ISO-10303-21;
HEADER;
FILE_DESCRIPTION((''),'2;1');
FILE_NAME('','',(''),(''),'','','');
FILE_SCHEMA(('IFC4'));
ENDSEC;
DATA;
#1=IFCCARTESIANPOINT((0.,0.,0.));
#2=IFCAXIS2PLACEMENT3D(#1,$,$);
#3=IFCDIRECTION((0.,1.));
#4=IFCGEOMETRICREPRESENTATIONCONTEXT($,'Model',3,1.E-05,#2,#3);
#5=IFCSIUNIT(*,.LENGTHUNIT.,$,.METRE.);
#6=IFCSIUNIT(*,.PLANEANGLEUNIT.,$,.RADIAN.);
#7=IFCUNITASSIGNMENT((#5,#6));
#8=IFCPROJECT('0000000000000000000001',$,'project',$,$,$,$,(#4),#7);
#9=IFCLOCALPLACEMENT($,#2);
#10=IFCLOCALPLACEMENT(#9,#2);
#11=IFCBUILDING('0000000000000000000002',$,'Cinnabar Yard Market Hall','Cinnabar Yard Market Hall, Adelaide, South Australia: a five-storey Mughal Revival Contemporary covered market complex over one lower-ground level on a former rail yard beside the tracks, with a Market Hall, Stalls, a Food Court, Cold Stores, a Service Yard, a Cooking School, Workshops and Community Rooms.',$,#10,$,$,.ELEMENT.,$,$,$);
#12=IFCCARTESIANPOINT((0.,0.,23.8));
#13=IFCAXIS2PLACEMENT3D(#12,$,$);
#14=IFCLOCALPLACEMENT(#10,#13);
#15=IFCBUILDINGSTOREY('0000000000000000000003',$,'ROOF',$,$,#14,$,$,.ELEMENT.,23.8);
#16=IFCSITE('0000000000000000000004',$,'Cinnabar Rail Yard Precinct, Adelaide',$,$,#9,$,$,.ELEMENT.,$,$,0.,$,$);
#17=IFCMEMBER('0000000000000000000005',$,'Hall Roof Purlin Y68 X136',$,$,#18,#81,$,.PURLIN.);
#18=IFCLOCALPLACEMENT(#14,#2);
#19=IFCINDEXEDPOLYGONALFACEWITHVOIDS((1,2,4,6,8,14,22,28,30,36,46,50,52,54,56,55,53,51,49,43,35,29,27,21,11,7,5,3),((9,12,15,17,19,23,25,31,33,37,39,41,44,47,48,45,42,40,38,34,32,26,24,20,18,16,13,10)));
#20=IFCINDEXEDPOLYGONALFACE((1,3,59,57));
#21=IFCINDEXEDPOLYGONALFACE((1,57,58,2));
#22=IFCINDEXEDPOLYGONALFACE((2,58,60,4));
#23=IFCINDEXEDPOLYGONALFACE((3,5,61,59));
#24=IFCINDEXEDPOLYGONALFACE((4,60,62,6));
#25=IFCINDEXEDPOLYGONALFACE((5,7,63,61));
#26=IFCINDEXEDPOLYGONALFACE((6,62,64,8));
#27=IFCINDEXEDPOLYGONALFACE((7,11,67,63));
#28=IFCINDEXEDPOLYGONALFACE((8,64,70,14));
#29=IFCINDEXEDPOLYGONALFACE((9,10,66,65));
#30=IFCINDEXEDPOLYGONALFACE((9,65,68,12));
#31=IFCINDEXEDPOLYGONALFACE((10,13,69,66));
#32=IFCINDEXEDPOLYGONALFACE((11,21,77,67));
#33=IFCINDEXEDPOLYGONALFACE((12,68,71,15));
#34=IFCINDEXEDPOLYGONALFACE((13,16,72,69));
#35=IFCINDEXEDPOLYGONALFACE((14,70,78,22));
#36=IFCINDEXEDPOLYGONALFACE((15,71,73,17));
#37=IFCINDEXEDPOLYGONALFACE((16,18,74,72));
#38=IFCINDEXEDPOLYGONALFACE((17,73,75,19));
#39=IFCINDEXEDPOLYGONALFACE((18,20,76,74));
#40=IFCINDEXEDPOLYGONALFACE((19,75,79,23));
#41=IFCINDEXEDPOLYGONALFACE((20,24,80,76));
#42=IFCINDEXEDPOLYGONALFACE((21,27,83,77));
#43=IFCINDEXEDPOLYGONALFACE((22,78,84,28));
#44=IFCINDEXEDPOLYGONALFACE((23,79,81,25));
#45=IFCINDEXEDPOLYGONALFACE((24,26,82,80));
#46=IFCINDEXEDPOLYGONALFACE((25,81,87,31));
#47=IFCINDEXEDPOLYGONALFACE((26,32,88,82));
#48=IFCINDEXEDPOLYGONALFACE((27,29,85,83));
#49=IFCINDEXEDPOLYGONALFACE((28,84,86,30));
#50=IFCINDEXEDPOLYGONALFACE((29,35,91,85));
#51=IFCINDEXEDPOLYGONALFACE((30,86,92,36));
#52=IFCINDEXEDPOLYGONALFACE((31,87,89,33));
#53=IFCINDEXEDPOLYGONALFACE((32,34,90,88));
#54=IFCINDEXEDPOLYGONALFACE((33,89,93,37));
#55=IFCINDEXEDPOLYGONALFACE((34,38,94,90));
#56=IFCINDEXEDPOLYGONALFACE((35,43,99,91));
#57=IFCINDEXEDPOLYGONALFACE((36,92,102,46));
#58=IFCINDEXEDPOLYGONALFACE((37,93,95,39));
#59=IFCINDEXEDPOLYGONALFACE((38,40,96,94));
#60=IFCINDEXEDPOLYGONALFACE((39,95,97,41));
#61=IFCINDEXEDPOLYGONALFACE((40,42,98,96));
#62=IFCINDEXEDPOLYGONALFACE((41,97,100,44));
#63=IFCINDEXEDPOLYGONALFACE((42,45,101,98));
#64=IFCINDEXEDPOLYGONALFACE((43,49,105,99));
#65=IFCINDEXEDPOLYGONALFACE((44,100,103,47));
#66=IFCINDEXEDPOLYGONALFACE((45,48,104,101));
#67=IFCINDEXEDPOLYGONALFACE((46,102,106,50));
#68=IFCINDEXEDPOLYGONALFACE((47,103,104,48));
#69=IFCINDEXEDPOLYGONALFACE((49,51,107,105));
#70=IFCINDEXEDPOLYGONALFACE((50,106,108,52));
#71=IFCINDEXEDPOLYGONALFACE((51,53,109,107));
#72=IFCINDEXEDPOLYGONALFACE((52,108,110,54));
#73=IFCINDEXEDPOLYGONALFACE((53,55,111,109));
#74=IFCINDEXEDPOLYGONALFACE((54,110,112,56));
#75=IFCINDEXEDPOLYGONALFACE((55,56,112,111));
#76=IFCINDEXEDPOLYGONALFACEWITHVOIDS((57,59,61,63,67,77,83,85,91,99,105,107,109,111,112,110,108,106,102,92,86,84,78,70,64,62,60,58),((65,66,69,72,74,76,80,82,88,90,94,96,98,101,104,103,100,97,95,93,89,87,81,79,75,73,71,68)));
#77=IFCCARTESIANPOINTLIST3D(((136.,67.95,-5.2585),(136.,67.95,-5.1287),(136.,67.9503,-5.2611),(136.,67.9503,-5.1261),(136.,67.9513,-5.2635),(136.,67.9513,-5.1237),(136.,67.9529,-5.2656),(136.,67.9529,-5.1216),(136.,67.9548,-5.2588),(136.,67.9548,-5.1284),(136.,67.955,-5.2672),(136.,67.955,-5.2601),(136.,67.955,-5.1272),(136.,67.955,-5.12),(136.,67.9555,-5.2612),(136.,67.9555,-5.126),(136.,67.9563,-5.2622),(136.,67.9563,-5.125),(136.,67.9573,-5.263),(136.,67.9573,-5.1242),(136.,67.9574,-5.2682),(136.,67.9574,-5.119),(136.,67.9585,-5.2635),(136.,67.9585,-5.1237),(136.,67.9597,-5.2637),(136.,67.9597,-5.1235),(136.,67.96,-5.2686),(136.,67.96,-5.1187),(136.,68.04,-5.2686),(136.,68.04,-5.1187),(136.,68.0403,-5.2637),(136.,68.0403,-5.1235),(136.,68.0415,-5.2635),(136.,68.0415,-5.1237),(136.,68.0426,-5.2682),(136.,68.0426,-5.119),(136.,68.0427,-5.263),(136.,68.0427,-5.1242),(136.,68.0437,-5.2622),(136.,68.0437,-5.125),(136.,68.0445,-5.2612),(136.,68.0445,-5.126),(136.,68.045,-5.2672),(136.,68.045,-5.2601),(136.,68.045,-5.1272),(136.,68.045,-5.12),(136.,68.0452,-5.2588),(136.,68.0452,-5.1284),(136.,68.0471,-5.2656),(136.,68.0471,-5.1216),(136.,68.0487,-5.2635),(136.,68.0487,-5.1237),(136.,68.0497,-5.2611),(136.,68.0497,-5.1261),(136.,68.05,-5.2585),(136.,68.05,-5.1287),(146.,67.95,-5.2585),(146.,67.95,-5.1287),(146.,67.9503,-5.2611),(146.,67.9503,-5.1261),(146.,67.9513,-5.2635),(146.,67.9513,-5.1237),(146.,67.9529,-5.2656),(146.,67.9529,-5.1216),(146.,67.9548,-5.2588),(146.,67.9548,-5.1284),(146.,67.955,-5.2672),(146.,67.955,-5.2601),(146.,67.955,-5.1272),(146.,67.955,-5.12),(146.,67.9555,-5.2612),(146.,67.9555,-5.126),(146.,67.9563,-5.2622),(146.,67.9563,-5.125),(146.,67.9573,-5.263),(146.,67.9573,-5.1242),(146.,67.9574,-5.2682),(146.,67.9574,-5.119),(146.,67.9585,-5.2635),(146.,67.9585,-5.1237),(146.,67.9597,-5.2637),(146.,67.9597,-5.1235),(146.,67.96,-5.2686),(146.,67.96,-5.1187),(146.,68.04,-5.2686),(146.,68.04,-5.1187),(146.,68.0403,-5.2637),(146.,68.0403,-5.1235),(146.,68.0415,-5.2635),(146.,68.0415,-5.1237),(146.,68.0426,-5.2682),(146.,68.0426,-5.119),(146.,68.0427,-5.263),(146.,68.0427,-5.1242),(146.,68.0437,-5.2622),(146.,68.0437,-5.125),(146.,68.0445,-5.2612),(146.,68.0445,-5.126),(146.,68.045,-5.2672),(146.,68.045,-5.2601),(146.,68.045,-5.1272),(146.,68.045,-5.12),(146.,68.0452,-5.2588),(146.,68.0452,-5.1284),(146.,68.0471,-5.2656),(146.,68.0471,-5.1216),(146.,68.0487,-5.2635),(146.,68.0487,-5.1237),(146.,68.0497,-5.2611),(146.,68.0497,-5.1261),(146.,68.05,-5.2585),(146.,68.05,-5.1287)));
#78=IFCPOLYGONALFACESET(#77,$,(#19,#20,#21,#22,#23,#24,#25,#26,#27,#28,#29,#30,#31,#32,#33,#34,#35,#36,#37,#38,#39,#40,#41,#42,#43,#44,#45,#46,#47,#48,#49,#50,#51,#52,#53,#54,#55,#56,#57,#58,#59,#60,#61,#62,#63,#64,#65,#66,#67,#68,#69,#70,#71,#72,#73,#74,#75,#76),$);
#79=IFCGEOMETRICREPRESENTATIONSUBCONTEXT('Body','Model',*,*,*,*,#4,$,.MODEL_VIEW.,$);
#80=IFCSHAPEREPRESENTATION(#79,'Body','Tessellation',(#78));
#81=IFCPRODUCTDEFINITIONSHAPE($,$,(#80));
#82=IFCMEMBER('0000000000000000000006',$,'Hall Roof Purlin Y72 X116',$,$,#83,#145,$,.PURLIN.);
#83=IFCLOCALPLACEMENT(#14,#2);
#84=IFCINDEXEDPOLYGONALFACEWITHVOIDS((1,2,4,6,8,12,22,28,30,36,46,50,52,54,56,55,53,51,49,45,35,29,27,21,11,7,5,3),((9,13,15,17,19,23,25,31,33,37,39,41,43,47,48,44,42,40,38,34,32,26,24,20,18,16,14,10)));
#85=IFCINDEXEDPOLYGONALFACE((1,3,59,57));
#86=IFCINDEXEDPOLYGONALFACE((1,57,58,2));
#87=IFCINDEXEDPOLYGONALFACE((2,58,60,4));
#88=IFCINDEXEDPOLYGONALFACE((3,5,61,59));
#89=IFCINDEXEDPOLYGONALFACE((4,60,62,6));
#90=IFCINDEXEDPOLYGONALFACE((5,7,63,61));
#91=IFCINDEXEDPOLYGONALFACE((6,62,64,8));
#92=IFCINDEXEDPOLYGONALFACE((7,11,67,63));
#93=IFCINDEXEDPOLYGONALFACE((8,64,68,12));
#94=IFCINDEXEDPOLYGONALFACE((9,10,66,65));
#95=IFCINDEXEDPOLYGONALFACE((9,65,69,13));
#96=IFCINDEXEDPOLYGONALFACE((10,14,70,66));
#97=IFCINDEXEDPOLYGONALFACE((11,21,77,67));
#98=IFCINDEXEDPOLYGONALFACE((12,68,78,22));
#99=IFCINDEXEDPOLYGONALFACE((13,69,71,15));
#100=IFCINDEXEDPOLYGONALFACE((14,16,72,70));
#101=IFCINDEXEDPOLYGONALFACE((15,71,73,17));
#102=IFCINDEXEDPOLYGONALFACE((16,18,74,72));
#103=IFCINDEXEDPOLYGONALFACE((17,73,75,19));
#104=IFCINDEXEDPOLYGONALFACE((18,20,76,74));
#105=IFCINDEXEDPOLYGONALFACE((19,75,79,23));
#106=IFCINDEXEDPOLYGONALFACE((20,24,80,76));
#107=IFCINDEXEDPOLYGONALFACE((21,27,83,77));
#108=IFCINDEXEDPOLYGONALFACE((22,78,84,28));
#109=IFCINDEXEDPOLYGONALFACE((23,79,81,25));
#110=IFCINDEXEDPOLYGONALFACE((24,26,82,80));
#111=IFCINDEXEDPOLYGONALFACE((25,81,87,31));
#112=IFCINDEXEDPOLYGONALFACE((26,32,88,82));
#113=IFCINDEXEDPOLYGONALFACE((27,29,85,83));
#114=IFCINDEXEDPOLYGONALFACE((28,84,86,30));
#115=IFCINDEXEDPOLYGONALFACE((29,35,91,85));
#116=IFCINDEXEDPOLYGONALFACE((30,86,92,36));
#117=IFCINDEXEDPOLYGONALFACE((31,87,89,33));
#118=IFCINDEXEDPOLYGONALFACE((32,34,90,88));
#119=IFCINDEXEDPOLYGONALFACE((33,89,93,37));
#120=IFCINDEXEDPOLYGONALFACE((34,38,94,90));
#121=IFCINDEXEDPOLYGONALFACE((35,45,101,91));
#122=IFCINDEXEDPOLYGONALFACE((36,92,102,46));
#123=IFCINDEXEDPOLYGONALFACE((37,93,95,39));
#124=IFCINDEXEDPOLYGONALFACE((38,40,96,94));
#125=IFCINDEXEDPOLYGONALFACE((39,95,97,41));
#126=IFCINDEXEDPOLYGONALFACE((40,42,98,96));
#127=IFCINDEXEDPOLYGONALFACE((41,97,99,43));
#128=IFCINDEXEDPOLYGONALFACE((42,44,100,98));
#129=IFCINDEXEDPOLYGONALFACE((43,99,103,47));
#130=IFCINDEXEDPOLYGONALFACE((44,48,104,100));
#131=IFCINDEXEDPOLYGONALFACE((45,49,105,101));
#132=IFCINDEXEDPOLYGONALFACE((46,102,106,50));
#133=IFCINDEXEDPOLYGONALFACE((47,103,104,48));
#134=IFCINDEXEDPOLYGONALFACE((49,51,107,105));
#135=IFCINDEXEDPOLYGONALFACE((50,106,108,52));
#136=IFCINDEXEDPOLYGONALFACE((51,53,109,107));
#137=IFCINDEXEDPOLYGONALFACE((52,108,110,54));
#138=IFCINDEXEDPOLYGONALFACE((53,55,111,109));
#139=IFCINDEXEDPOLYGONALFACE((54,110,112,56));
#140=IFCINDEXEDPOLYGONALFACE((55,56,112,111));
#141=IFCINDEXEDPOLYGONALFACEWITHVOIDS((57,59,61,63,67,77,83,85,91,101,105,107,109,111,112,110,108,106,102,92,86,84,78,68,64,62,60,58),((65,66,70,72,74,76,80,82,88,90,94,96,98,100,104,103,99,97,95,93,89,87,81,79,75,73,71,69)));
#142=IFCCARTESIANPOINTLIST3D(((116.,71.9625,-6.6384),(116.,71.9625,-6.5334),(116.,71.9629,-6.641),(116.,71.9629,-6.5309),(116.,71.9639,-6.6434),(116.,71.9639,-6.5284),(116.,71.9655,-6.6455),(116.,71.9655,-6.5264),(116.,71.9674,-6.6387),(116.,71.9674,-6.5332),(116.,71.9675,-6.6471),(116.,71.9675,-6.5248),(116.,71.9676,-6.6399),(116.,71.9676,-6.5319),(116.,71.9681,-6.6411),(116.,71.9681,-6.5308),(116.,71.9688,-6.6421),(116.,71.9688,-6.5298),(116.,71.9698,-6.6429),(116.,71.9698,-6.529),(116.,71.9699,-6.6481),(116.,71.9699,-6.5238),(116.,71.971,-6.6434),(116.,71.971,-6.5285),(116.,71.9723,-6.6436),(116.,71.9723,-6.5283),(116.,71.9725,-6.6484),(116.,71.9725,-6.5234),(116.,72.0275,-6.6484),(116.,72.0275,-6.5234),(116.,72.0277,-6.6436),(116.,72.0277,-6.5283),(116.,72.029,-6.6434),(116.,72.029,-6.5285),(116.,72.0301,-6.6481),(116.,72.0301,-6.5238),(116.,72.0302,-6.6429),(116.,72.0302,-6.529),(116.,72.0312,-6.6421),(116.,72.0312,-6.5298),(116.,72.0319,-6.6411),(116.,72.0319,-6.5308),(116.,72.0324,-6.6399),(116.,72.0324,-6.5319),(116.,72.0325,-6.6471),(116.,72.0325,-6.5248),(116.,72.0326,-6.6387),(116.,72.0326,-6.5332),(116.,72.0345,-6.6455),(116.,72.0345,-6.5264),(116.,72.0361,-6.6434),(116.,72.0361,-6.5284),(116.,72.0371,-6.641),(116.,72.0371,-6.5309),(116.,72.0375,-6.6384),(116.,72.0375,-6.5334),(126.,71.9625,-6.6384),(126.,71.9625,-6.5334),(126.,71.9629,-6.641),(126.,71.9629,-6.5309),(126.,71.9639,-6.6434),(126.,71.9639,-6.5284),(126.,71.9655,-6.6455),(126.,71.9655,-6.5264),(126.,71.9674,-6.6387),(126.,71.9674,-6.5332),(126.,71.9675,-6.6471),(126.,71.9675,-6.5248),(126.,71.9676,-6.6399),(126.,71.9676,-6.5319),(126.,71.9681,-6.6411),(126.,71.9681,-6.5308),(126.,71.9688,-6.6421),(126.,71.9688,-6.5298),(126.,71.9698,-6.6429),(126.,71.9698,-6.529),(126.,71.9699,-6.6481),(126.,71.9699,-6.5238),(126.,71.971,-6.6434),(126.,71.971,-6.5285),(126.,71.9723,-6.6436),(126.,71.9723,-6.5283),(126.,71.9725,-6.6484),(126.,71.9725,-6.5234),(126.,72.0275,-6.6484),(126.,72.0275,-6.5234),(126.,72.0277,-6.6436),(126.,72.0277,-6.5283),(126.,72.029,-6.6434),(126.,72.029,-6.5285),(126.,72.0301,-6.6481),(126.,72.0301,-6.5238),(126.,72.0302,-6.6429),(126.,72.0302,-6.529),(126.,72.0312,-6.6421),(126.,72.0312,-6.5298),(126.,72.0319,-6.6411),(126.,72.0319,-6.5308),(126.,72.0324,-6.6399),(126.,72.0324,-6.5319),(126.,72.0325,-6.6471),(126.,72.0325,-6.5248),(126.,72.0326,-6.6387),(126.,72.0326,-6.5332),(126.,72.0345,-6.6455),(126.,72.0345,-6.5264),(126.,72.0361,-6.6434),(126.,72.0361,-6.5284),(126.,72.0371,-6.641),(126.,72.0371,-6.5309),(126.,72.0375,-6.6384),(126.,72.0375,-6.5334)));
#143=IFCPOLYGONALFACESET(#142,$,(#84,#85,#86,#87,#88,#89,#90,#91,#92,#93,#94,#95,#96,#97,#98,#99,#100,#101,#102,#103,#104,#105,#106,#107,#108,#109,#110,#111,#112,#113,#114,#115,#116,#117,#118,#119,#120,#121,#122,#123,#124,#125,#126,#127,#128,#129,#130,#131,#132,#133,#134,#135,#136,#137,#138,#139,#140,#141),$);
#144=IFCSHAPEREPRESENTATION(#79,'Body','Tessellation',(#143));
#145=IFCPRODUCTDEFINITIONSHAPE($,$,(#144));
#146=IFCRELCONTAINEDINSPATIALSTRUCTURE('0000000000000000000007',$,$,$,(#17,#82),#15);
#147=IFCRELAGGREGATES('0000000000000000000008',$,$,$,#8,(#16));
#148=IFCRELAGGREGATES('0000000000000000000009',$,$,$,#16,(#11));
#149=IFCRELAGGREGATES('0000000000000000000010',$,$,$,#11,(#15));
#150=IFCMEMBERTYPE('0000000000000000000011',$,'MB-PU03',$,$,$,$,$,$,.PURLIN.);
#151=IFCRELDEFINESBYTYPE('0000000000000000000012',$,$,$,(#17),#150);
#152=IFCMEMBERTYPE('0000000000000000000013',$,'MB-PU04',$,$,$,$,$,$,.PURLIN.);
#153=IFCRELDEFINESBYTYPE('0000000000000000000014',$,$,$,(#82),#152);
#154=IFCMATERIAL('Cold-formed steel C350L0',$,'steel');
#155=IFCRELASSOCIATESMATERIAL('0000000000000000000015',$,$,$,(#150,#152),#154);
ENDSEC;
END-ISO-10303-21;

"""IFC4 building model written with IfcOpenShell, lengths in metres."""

from ifc_helpers import new_model, si_unit, direction, frame, origin, origin_2d_with_axis, place, context, subcontext, project, spatial, hollow_rectangle, extrude, material, material_profile, profile_set, type_object, element, save


model = new_model("IFC4")

# Units and contexts
model_context = context("Model", 3, precision=1e-05, world=origin(), true_north=direction((0.0, 1.0)))
body_context = subcontext(model_context, "Body", "Model", "MODEL_VIEW")
ifc_project = project(units=[si_unit("LENGTHUNIT", "METRE"), si_unit("PLANEANGLEUNIT", "RADIAN")], contexts=[model_context])

# Site, building, storey
site_placement = place(None, origin())
site = spatial("IfcSite", under=ifc_project, at=site_placement, Name="Cinnabar Rail Yard Precinct, Adelaide", CompositionType="ELEMENT", RefElevation=0.0)
building_placement = place(site_placement, origin())
building = spatial("IfcBuilding", under=site, at=building_placement, Name="Cinnabar Yard Market Hall", Description="Cinnabar Yard Market Hall, Adelaide, South Australia: a five-storey Mughal Revival Contemporary covered market complex over one lower-ground level on a former rail yard beside the tracks, with a Market Hall, Stalls, a Food Court, Cold Stores, a Service Yard, a Cooking School, Workshops and Community Rooms.", CompositionType="ELEMENT")
storey_placement = place(building_placement, frame((0.0, 0.0, 23.8)))
storey = spatial("IfcBuildingStorey", under=building, at=storey_placement, Name="ROOF", CompositionType="ELEMENT", Elevation=23.8)

# Shared definitions
ifc_material_1 = material(Name="Cold-formed steel C350L0", Category="steel")

# Members
ifc_material_profile_1 = material_profile(ifc_material_1, hollow_rectangle(XDim=0.1001, YDim=0.1499, WallThickness=0.0049, InnerFilletRadius=0.0049, OuterFilletRadius=0.01, at=origin_2d_with_axis()), Name="150x100x5.0RHS")
ifc_profile_set_1 = profile_set([ifc_material_profile_1], Name="Cold-formed steel C350L0")
member_type_1 = type_object("IfcMemberType", Name="MB-PU03", PredefinedType="PURLIN", material=ifc_profile_set_1)
member_placement = place(storey_placement, frame((136.0, 68.0, -5.1936), z_axis=(1.0, 0.0, 0.0), x_axis=(0.0, 1.0, 0.0)))
element("IfcMember", 1, at=member_placement, inside=storey, type_object=member_type_1, Name="Hall Roof Purlin Y68 X136", PredefinedType="PURLIN", context=body_context, shape_type="SweptSolid", body=[
    extrude(hollow_rectangle(XDim=0.1001, YDim=0.1499, WallThickness=0.0049, InnerFilletRadius=0.0049, OuterFilletRadius=0.01, at=origin_2d_with_axis()), origin(), (0.0, 0.0, 1.0), 10.0),
])
ifc_material_profile_2 = material_profile(ifc_material_1, hollow_rectangle(XDim=0.075, YDim=0.125, WallThickness=0.0049, InnerFilletRadius=0.0049, OuterFilletRadius=0.01, at=origin_2d_with_axis()), Name="125x75x5.0RHS")
ifc_profile_set_2 = profile_set([ifc_material_profile_2], Name="Cold-formed steel C350L0")
member_type_2 = type_object("IfcMemberType", Name="MB-PU04", PredefinedType="PURLIN", material=ifc_profile_set_2)
for number, where, z_axis, x_axis, name in (
    (2, (116.0, 72.0, -6.5859), (1.0, 0.0, 0.0), (0.0, 1.0, 0.0), "Hall Roof Purlin Y72 X116"),
):
    element("IfcMember", number, at=place(storey_placement, frame(where, z_axis=z_axis, x_axis=x_axis)), inside=storey, type_object=member_type_2, Name=name, PredefinedType="PURLIN", context=body_context, shape_type="SweptSolid", body=[
        extrude(hollow_rectangle(XDim=0.075, YDim=0.125, WallThickness=0.0049, InnerFilletRadius=0.0049, OuterFilletRadius=0.01, at=origin_2d_with_axis()), origin(), (0.0, 0.0, 1.0), 10.0),
    ])

save(model, "model.ifc")
